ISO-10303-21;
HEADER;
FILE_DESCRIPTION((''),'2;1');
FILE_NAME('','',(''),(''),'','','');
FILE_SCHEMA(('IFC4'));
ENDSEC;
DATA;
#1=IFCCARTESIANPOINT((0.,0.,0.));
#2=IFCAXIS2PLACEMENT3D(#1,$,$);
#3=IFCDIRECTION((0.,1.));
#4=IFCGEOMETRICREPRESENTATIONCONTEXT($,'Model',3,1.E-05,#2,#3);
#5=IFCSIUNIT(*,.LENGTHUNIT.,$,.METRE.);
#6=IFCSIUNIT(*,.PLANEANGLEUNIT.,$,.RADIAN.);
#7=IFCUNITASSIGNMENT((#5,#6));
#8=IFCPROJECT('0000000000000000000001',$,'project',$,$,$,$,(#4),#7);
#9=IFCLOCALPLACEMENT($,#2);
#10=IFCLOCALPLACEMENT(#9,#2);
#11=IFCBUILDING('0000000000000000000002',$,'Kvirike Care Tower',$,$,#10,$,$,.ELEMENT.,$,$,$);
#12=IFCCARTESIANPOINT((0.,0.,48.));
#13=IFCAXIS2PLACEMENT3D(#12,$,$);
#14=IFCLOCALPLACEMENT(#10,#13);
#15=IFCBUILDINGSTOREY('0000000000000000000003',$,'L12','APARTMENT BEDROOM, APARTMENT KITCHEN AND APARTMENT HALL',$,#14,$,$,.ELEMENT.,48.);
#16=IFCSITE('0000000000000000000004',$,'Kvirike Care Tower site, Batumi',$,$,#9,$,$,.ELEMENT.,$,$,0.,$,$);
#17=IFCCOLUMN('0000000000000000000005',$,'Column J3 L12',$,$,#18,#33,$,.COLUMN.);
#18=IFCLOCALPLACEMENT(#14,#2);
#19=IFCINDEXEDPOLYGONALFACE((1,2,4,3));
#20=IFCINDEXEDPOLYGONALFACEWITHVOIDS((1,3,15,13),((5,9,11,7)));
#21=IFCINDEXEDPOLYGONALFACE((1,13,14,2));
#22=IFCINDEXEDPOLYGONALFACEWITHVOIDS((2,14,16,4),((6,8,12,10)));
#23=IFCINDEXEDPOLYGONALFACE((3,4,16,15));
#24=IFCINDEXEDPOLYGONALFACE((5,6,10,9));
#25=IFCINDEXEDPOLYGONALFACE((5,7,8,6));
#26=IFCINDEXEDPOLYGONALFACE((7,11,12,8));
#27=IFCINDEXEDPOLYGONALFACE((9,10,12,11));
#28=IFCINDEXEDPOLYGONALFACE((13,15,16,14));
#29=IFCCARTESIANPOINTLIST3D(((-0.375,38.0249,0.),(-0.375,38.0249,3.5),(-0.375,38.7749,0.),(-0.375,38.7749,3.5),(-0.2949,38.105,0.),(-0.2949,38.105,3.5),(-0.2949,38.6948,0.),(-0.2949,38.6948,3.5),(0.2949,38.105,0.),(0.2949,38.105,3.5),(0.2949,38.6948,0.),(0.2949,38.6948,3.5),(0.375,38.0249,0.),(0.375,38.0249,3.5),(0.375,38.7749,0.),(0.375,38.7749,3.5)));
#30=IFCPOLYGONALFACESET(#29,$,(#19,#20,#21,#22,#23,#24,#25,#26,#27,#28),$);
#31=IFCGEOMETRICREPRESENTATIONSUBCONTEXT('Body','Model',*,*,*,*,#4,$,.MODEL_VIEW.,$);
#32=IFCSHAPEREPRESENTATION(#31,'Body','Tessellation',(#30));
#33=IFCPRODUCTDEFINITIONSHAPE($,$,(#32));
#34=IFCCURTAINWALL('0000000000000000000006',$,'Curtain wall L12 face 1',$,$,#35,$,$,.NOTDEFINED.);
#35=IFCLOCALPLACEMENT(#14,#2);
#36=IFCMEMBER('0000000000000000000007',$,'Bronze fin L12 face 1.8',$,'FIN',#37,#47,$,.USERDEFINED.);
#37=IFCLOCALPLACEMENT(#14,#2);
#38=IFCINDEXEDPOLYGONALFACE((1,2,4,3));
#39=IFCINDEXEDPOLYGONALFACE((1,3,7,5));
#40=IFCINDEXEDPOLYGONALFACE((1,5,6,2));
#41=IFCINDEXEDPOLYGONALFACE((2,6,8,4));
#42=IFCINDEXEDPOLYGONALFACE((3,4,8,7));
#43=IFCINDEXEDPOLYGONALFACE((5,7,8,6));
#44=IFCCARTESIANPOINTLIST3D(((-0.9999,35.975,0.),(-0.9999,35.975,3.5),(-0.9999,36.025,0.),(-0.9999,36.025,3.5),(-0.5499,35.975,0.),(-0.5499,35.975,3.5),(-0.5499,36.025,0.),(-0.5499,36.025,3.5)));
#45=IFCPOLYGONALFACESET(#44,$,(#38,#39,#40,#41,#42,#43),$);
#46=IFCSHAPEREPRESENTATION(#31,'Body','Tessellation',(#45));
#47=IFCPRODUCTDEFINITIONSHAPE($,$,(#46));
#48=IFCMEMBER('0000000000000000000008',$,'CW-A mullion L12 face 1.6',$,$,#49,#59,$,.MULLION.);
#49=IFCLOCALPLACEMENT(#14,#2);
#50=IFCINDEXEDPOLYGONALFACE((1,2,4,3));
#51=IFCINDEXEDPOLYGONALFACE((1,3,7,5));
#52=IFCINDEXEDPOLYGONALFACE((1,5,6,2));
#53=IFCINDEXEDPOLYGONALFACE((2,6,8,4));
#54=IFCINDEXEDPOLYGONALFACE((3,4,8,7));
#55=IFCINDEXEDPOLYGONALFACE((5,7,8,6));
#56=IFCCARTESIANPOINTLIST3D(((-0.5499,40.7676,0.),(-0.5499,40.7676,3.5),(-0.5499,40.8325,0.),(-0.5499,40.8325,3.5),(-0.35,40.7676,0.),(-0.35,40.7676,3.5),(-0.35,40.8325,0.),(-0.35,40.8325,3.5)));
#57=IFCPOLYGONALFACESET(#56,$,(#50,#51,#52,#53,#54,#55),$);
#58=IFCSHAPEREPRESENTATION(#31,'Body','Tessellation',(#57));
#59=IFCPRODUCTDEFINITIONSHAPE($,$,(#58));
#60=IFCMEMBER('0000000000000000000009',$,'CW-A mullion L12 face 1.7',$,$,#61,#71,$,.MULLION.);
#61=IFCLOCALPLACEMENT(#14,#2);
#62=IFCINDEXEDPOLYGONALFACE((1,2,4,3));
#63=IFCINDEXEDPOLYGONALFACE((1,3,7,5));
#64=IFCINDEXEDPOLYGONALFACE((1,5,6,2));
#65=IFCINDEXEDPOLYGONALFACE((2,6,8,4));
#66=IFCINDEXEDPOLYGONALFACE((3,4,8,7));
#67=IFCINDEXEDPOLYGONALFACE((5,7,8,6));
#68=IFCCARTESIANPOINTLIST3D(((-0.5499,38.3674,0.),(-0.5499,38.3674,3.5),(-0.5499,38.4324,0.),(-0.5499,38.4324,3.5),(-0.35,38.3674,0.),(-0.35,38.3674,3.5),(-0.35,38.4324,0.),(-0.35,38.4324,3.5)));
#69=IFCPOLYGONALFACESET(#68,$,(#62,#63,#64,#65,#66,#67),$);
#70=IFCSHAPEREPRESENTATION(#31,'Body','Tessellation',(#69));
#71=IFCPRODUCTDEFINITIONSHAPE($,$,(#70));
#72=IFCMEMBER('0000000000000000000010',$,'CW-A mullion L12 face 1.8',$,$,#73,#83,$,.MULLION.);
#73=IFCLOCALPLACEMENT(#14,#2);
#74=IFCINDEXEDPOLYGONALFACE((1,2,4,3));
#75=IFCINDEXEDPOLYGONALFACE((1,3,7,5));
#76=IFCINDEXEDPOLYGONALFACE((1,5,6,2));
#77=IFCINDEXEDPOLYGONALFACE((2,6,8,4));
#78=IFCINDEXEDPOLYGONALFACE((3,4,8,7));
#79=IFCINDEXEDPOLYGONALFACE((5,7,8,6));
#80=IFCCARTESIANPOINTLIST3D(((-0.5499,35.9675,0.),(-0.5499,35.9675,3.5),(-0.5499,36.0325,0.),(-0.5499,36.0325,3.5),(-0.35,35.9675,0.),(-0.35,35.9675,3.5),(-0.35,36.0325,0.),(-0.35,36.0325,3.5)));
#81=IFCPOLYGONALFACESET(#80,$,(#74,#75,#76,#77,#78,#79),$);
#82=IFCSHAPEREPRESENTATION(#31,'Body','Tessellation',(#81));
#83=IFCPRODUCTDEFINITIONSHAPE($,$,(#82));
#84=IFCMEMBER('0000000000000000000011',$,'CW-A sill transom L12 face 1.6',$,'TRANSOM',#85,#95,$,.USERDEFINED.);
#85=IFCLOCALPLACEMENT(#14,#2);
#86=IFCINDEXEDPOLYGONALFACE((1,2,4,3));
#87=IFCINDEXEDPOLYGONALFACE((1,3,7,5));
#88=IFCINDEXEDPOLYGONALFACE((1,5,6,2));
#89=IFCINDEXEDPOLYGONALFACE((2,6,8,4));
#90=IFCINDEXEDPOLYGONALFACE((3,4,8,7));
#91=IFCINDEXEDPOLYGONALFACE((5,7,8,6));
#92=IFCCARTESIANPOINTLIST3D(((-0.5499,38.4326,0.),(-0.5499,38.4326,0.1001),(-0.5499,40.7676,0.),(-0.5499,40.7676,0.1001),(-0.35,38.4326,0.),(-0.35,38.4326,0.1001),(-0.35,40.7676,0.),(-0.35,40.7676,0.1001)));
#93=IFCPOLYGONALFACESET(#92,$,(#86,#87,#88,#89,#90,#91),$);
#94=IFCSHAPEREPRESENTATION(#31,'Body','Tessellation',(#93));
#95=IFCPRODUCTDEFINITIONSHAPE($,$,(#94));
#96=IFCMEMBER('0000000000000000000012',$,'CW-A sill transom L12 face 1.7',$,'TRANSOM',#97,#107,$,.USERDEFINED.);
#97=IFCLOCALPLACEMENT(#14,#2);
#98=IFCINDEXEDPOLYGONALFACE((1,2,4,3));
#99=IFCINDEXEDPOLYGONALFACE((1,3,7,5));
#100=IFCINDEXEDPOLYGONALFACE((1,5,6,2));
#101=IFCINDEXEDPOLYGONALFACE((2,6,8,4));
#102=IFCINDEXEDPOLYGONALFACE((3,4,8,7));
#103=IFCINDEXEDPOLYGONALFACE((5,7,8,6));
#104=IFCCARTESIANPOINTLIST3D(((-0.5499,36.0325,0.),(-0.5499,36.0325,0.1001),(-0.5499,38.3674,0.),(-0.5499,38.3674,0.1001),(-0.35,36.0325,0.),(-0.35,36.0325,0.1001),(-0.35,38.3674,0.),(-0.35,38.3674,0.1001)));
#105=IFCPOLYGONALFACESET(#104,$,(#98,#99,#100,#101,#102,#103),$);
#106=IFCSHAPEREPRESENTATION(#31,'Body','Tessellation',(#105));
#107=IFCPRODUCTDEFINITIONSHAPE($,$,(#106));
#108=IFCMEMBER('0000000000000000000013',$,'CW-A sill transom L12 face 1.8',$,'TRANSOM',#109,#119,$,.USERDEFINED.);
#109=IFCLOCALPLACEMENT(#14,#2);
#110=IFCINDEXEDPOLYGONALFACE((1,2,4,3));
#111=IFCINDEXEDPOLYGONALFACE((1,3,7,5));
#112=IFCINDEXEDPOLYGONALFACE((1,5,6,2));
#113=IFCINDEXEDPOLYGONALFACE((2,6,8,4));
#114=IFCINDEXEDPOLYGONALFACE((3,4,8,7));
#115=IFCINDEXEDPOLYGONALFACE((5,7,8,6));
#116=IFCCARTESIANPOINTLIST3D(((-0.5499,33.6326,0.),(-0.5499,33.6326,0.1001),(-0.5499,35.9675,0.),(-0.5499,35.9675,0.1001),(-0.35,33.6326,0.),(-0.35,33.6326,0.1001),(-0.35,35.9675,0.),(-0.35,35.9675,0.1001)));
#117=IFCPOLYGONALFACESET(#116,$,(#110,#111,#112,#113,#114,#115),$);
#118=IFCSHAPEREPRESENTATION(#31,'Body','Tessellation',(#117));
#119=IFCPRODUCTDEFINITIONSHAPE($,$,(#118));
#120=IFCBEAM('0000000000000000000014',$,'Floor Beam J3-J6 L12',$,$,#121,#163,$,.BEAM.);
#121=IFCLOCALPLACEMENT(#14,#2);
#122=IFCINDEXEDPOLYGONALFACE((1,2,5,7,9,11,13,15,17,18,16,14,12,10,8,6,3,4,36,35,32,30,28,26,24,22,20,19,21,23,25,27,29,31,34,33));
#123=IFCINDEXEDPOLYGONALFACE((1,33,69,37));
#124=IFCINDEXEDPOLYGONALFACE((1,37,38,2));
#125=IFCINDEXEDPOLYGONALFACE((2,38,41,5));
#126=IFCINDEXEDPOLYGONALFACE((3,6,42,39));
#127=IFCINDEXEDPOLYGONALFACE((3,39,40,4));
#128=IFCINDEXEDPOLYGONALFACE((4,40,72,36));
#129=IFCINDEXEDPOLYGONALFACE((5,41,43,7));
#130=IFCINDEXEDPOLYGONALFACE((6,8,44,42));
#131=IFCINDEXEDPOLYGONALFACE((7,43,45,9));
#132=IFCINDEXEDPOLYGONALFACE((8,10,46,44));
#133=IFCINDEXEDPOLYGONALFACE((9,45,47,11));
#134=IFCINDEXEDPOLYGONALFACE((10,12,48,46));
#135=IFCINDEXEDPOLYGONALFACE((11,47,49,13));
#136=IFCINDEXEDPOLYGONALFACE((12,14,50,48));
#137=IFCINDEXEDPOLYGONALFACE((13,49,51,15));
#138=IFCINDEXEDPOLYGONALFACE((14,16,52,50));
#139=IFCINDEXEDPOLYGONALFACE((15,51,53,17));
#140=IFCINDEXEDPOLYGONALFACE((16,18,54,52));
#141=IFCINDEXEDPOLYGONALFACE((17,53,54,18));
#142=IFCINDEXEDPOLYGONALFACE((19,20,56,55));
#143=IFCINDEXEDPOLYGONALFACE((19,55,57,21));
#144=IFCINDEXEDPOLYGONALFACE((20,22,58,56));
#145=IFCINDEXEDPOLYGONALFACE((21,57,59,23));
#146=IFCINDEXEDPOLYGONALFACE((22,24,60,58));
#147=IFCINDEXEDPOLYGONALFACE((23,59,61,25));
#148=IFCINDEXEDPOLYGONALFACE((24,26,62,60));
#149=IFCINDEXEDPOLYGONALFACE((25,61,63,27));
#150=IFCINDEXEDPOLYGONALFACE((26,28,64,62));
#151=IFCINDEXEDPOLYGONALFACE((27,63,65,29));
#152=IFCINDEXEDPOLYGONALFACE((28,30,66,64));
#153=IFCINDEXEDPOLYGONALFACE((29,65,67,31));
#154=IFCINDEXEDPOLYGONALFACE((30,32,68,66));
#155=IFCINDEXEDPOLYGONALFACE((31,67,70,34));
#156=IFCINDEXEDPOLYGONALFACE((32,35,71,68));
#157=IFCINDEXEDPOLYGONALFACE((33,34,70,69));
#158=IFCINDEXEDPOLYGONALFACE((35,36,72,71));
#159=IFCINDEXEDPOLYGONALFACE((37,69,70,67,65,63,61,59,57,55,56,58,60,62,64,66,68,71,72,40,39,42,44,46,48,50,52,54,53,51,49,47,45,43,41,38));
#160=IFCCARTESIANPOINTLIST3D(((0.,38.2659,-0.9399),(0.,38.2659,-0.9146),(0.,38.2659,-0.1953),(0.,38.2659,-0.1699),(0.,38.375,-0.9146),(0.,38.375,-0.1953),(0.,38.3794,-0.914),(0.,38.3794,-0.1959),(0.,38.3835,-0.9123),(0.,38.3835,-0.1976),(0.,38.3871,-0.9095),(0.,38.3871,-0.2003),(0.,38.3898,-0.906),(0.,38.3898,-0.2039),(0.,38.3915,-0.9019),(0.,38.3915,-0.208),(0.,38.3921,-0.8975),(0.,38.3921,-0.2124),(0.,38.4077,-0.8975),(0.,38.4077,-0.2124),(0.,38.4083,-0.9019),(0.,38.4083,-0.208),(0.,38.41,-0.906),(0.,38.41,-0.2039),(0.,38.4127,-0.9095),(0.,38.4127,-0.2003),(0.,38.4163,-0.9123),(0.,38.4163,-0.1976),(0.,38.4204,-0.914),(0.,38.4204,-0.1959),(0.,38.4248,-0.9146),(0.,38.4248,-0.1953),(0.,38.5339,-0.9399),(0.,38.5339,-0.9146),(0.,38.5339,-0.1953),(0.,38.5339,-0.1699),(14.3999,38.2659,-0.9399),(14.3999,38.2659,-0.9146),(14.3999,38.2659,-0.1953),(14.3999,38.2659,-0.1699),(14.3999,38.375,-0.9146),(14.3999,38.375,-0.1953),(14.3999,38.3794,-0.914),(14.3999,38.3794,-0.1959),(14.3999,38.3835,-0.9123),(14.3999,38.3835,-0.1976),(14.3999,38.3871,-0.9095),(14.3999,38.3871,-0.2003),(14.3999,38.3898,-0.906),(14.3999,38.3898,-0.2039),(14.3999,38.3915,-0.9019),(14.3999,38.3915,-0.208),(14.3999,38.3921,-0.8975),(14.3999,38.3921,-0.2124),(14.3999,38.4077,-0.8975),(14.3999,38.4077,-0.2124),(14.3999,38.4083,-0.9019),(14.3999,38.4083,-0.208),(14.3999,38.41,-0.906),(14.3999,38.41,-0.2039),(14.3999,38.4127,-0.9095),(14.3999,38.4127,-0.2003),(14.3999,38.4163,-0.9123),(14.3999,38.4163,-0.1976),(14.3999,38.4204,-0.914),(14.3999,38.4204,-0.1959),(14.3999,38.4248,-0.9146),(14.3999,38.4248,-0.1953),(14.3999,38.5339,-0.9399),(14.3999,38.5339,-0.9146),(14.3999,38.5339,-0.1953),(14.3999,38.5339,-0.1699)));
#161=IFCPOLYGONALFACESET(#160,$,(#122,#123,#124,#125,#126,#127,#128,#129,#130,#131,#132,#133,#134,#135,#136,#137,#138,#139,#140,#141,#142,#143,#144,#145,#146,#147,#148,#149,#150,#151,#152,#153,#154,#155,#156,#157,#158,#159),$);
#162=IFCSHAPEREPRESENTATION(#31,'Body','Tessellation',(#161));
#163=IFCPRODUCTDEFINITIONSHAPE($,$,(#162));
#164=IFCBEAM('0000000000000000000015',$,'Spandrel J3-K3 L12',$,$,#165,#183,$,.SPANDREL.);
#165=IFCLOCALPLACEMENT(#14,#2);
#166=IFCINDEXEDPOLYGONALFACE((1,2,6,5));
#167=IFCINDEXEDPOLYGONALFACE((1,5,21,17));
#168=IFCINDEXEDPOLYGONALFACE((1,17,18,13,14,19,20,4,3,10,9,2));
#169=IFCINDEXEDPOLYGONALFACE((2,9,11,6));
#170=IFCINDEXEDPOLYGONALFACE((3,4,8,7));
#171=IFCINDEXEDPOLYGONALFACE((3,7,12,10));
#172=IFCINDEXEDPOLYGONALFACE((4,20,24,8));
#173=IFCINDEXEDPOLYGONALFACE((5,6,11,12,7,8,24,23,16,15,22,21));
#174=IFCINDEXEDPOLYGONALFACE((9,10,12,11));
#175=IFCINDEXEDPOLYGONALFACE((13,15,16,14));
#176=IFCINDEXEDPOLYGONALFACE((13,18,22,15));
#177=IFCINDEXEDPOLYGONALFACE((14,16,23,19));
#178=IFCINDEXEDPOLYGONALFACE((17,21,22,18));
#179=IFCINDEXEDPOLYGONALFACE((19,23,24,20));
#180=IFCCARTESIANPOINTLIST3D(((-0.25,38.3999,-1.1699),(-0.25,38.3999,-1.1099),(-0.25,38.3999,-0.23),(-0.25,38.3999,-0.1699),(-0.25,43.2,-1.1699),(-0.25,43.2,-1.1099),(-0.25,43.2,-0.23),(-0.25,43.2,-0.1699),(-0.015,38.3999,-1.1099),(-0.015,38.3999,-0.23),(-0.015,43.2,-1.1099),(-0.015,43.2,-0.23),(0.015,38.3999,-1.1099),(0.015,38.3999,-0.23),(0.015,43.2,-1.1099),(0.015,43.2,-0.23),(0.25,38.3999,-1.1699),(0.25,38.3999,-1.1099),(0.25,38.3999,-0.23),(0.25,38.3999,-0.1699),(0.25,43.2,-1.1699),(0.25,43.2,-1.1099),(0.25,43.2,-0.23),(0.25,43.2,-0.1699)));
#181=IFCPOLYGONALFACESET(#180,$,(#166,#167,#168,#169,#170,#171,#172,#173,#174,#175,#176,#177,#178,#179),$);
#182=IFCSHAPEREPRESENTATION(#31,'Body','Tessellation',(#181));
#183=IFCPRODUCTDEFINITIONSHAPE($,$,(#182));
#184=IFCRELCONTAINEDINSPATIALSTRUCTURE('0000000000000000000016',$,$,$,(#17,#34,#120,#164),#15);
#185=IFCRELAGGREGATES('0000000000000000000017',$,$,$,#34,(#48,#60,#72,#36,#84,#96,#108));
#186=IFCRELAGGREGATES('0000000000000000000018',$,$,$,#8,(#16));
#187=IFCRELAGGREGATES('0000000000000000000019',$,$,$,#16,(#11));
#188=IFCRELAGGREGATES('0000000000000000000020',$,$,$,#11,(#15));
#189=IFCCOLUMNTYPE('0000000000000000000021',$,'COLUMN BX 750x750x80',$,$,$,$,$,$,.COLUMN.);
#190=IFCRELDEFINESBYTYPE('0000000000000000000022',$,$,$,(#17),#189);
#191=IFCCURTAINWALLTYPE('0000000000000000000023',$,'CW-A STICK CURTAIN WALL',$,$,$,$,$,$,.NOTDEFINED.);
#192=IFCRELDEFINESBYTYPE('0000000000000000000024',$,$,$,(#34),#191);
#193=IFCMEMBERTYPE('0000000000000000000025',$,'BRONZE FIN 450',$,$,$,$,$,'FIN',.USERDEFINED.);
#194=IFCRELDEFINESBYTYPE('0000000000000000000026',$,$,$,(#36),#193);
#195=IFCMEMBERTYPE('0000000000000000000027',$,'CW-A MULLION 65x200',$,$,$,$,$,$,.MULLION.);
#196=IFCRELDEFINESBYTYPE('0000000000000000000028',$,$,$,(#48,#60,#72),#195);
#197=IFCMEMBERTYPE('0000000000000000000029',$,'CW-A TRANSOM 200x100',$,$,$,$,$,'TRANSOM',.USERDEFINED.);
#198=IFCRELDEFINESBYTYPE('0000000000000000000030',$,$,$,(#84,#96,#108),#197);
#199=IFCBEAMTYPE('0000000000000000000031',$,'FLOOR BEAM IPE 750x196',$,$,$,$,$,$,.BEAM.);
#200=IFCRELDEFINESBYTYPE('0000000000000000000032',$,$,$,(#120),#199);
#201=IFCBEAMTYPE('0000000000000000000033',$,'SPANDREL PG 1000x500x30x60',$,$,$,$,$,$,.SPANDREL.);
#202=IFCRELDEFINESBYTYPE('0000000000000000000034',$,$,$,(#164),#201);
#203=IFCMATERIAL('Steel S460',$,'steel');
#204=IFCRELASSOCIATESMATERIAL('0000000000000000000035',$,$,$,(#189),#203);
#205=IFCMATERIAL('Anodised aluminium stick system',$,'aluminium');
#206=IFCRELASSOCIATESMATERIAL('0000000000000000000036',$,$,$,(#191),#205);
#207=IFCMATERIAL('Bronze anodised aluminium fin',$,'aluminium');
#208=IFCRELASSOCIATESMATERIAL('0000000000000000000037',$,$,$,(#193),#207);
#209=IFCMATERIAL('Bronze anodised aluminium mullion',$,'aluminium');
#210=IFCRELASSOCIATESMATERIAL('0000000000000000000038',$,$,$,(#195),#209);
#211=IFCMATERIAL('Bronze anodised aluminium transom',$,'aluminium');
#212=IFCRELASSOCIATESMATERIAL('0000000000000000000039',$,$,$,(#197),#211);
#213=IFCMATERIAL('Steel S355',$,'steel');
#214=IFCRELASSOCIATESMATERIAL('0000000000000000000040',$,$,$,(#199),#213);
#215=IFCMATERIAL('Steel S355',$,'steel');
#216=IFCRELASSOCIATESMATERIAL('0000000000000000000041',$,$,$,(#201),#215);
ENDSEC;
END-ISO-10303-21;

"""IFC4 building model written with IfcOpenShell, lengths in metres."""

from ifc_helpers import new_model, si_unit, direction, frame, origin, origin_2d, place, context, subcontext, project, spatial, rectangle, hollow_rectangle, i_section, extrude, material, material_profile, profile_set, type_object, element, aggregate, save


model = new_model("IFC4")

# Units and contexts
model_context = context("Model", 3, precision=1e-05, world=origin(), true_north=direction((0.0, 1.0)))
body_context = subcontext(model_context, "Body", "Model", "MODEL_VIEW")
ifc_project = project(units=[si_unit("LENGTHUNIT", "METRE"), si_unit("PLANEANGLEUNIT", "RADIAN")], contexts=[model_context])

# Site, building, storey
site_placement = place(None, origin())
site = spatial("IfcSite", under=ifc_project, at=site_placement, Name="Kvirike Care Tower site, Batumi", CompositionType="ELEMENT", RefElevation=0.0)
building_placement = place(site_placement, origin())
building = spatial("IfcBuilding", under=site, at=building_placement, Name="Kvirike Care Tower", CompositionType="ELEMENT")
storey_placement = place(building_placement, frame((0.0, 0.0, 48.0)))
storey = spatial("IfcBuildingStorey", under=building, at=storey_placement, Name="L12", Description="APARTMENT BEDROOM, APARTMENT KITCHEN AND APARTMENT HALL", CompositionType="ELEMENT", Elevation=48.0)

# Column
ifc_material_1 = material(Name="Steel S460", Category="steel")
ifc_material_profile_1 = material_profile(ifc_material_1, hollow_rectangle(XDim=0.75, YDim=0.75, WallThickness=0.0801, at=origin_2d()), Name="BX 750x750x80")
ifc_profile_set_1 = profile_set([ifc_material_profile_1], Name="Steel S460")
column_type = type_object("IfcColumnType", Name="COLUMN BX 750x750x80", PredefinedType="COLUMN", material=ifc_profile_set_1)
column_placement = place(storey_placement, frame((0.0, 38.3999, 0.0), z_axis=(0.0, 0.0, 1.0), x_axis=(1.0, 0.0, 0.0)))
element("IfcColumn", 1, at=column_placement, inside=storey, type_object=column_type, Name="Column J3 L12", PredefinedType="COLUMN", context=body_context, shape_type="SweptSolid", body=[
    extrude(hollow_rectangle(XDim=0.75, YDim=0.75, WallThickness=0.0801, at=origin_2d()), origin(), (0.0, 0.0, 1.0), 3.5),
])

# Curtain wall, members
ifc_material_2 = material(Name="Anodised aluminium stick system", Category="aluminium")
curtain_wall_type = type_object("IfcCurtainWallType", Name="CW-A STICK CURTAIN WALL", PredefinedType="NOTDEFINED", material=ifc_material_2)
curtain_wall_placement = place(storey_placement, origin())
curtain_wall = element("IfcCurtainWall", 2, at=curtain_wall_placement, inside=storey, type_object=curtain_wall_type, Name="Curtain wall L12 face 1", PredefinedType="NOTDEFINED")
ifc_material_3 = material(Name="Bronze anodised aluminium fin", Category="aluminium")
ifc_material_profile_2 = material_profile(ifc_material_3, rectangle(XDim=0.05, YDim=0.45, at=origin_2d()), Name="BRONZE FIN 450")
ifc_profile_set_2 = profile_set([ifc_material_profile_2], Name="Bronze anodised aluminium fin")
member_type_1 = type_object("IfcMemberType", Name="BRONZE FIN 450", ElementType="FIN", PredefinedType="USERDEFINED", material=ifc_profile_set_2)
member_1_placement = place(storey_placement, frame((-0.7749, 36.0, 0.0), z_axis=(0.0, 0.0, 1.0), x_axis=(0.0, -1.0, 0.0)))
member_1 = element("IfcMember", 3, at=member_1_placement, type_object=member_type_1, Name="Bronze fin L12 face 1.8", ObjectType="FIN", PredefinedType="USERDEFINED", context=body_context, shape_type="SweptSolid", body=[
    extrude(rectangle(XDim=0.05, YDim=0.45, at=origin_2d()), origin(), (0.0, 0.0, 1.0), 3.5),
])
ifc_material_4 = material(Name="Bronze anodised aluminium mullion", Category="aluminium")
ifc_material_profile_3 = material_profile(ifc_material_4, rectangle(XDim=0.0649, YDim=0.2, at=origin_2d()), Name="CW-A MULLION 65x200")
ifc_profile_set_3 = profile_set([ifc_material_profile_3], Name="Bronze anodised aluminium mullion")
member_type_2 = type_object("IfcMemberType", Name="CW-A MULLION 65x200", PredefinedType="MULLION", material=ifc_profile_set_3)
member_2_placement = place(storey_placement, frame((-0.45, 40.8, 0.0), z_axis=(0.0, 0.0, 1.0), x_axis=(0.0, -1.0, 0.0)))
member_2 = element("IfcMember", 4, at=member_2_placement, type_object=member_type_2, Name="CW-A mullion L12 face 1.6", PredefinedType="MULLION", context=body_context, shape_type="SweptSolid", body=[
    extrude(rectangle(XDim=0.0649, YDim=0.2, at=origin_2d()), origin(), (0.0, 0.0, 1.0), 3.5),
])
member_3_placement = place(storey_placement, frame((-0.45, 38.3999, 0.0), z_axis=(0.0, 0.0, 1.0), x_axis=(0.0, -1.0, 0.0)))
member_3 = element("IfcMember", 5, at=member_3_placement, type_object=member_type_2, Name="CW-A mullion L12 face 1.7", PredefinedType="MULLION", context=body_context, shape_type="SweptSolid", body=[
    extrude(rectangle(XDim=0.0649, YDim=0.2, at=origin_2d()), origin(), (0.0, 0.0, 1.0), 3.5),
])
member_4_placement = place(storey_placement, frame((-0.45, 36.0, 0.0), z_axis=(0.0, 0.0, 1.0), x_axis=(0.0, -1.0, 0.0)))
member_4 = element("IfcMember", 6, at=member_4_placement, type_object=member_type_2, Name="CW-A mullion L12 face 1.8", PredefinedType="MULLION", context=body_context, shape_type="SweptSolid", body=[
    extrude(rectangle(XDim=0.0649, YDim=0.2, at=origin_2d()), origin(), (0.0, 0.0, 1.0), 3.5),
])
ifc_material_5 = material(Name="Bronze anodised aluminium transom", Category="aluminium")
ifc_material_profile_4 = material_profile(ifc_material_5, rectangle(XDim=0.2, YDim=0.1001, at=origin_2d()), Name="CW-A TRANSOM 200x100")
ifc_profile_set_4 = profile_set([ifc_material_profile_4], Name="Bronze anodised aluminium transom")
member_type_3 = type_object("IfcMemberType", Name="CW-A TRANSOM 200x100", ElementType="TRANSOM", PredefinedType="USERDEFINED", material=ifc_profile_set_4)
member_5_placement = place(storey_placement, frame((-0.45, 40.7676, 0.05), z_axis=(0.0, -1.0, 0.0), x_axis=(1.0, 0.0, 0.0)))
member_5 = element("IfcMember", 7, at=member_5_placement, type_object=member_type_3, Name="CW-A sill transom L12 face 1.6", ObjectType="TRANSOM", PredefinedType="USERDEFINED", context=body_context, shape_type="SweptSolid", body=[
    extrude(rectangle(XDim=0.2, YDim=0.1001, at=origin_2d()), origin(), (0.0, 0.0, 1.0), 2.335),
])
member_6_placement = place(storey_placement, frame((-0.45, 38.3674, 0.05), z_axis=(0.0, -1.0, 0.0), x_axis=(1.0, 0.0, 0.0)))
member_6 = element("IfcMember", 8, at=member_6_placement, type_object=member_type_3, Name="CW-A sill transom L12 face 1.7", ObjectType="TRANSOM", PredefinedType="USERDEFINED", context=body_context, shape_type="SweptSolid", body=[
    extrude(rectangle(XDim=0.2, YDim=0.1001, at=origin_2d()), origin(), (0.0, 0.0, 1.0), 2.335),
])
member_7_placement = place(storey_placement, frame((-0.45, 35.9675, 0.05), z_axis=(0.0, -1.0, 0.0), x_axis=(1.0, 0.0, 0.0)))
member_7 = element("IfcMember", 9, at=member_7_placement, type_object=member_type_3, Name="CW-A sill transom L12 face 1.8", ObjectType="TRANSOM", PredefinedType="USERDEFINED", context=body_context, shape_type="SweptSolid", body=[
    extrude(rectangle(XDim=0.2, YDim=0.1001, at=origin_2d()), origin(), (0.0, 0.0, 1.0), 2.335),
])

# Beams
ifc_material_6 = material(Name="Steel S355", Category="steel")
ifc_material_profile_5 = material_profile(ifc_material_6, i_section(OverallWidth=0.2681, OverallDepth=0.77, WebThickness=0.0156, FlangeThickness=0.0254, FilletRadius=0.0171, at=origin_2d()), Name="IPE 750x196")
ifc_profile_set_5 = profile_set([ifc_material_profile_5], Name="Steel S355")
beam_type_1 = type_object("IfcBeamType", Name="FLOOR BEAM IPE 750x196", PredefinedType="BEAM", material=ifc_profile_set_5)
beam_1_placement = place(storey_placement, frame((0.0, 38.3999, -0.5549), z_axis=(1.0, 0.0, 0.0), x_axis=(0.0, 1.0, 0.0)))
element("IfcBeam", 10, at=beam_1_placement, inside=storey, type_object=beam_type_1, Name="Floor Beam J3-J6 L12", PredefinedType="BEAM", context=body_context, shape_type="SweptSolid", body=[
    extrude(i_section(OverallWidth=0.2681, OverallDepth=0.77, WebThickness=0.0156, FlangeThickness=0.0254, FilletRadius=0.0171, at=origin_2d()), origin(), (0.0, 0.0, 1.0), 14.3999),
])
ifc_material_7 = material(Name="Steel S355", Category="steel")
ifc_material_profile_6 = material_profile(ifc_material_7, i_section(OverallWidth=0.5, OverallDepth=1.0, WebThickness=0.03, FlangeThickness=0.0601, at=origin_2d()), Name="PG 1000x500x30x60")
ifc_profile_set_6 = profile_set([ifc_material_profile_6], Name="Steel S355")
beam_type_2 = type_object("IfcBeamType", Name="SPANDREL PG 1000x500x30x60", PredefinedType="SPANDREL", material=ifc_profile_set_6)
beam_2_placement = place(storey_placement, frame((0.0, 38.3999, -0.6699), z_axis=(0.0, 1.0, 0.0), x_axis=(-1.0, 0.0, 0.0)))
element("IfcBeam", 11, at=beam_2_placement, inside=storey, type_object=beam_type_2, Name="Spandrel J3-K3 L12", PredefinedType="SPANDREL", context=body_context, shape_type="SweptSolid", body=[
    extrude(i_section(OverallWidth=0.5, OverallDepth=1.0, WebThickness=0.03, FlangeThickness=0.0601, at=origin_2d()), origin(), (0.0, 0.0, 1.0), 4.8),
])

aggregate(curtain_wall, [member_2, member_3, member_4, member_1, member_5, member_6, member_7])

save(model, "model.ifc")
